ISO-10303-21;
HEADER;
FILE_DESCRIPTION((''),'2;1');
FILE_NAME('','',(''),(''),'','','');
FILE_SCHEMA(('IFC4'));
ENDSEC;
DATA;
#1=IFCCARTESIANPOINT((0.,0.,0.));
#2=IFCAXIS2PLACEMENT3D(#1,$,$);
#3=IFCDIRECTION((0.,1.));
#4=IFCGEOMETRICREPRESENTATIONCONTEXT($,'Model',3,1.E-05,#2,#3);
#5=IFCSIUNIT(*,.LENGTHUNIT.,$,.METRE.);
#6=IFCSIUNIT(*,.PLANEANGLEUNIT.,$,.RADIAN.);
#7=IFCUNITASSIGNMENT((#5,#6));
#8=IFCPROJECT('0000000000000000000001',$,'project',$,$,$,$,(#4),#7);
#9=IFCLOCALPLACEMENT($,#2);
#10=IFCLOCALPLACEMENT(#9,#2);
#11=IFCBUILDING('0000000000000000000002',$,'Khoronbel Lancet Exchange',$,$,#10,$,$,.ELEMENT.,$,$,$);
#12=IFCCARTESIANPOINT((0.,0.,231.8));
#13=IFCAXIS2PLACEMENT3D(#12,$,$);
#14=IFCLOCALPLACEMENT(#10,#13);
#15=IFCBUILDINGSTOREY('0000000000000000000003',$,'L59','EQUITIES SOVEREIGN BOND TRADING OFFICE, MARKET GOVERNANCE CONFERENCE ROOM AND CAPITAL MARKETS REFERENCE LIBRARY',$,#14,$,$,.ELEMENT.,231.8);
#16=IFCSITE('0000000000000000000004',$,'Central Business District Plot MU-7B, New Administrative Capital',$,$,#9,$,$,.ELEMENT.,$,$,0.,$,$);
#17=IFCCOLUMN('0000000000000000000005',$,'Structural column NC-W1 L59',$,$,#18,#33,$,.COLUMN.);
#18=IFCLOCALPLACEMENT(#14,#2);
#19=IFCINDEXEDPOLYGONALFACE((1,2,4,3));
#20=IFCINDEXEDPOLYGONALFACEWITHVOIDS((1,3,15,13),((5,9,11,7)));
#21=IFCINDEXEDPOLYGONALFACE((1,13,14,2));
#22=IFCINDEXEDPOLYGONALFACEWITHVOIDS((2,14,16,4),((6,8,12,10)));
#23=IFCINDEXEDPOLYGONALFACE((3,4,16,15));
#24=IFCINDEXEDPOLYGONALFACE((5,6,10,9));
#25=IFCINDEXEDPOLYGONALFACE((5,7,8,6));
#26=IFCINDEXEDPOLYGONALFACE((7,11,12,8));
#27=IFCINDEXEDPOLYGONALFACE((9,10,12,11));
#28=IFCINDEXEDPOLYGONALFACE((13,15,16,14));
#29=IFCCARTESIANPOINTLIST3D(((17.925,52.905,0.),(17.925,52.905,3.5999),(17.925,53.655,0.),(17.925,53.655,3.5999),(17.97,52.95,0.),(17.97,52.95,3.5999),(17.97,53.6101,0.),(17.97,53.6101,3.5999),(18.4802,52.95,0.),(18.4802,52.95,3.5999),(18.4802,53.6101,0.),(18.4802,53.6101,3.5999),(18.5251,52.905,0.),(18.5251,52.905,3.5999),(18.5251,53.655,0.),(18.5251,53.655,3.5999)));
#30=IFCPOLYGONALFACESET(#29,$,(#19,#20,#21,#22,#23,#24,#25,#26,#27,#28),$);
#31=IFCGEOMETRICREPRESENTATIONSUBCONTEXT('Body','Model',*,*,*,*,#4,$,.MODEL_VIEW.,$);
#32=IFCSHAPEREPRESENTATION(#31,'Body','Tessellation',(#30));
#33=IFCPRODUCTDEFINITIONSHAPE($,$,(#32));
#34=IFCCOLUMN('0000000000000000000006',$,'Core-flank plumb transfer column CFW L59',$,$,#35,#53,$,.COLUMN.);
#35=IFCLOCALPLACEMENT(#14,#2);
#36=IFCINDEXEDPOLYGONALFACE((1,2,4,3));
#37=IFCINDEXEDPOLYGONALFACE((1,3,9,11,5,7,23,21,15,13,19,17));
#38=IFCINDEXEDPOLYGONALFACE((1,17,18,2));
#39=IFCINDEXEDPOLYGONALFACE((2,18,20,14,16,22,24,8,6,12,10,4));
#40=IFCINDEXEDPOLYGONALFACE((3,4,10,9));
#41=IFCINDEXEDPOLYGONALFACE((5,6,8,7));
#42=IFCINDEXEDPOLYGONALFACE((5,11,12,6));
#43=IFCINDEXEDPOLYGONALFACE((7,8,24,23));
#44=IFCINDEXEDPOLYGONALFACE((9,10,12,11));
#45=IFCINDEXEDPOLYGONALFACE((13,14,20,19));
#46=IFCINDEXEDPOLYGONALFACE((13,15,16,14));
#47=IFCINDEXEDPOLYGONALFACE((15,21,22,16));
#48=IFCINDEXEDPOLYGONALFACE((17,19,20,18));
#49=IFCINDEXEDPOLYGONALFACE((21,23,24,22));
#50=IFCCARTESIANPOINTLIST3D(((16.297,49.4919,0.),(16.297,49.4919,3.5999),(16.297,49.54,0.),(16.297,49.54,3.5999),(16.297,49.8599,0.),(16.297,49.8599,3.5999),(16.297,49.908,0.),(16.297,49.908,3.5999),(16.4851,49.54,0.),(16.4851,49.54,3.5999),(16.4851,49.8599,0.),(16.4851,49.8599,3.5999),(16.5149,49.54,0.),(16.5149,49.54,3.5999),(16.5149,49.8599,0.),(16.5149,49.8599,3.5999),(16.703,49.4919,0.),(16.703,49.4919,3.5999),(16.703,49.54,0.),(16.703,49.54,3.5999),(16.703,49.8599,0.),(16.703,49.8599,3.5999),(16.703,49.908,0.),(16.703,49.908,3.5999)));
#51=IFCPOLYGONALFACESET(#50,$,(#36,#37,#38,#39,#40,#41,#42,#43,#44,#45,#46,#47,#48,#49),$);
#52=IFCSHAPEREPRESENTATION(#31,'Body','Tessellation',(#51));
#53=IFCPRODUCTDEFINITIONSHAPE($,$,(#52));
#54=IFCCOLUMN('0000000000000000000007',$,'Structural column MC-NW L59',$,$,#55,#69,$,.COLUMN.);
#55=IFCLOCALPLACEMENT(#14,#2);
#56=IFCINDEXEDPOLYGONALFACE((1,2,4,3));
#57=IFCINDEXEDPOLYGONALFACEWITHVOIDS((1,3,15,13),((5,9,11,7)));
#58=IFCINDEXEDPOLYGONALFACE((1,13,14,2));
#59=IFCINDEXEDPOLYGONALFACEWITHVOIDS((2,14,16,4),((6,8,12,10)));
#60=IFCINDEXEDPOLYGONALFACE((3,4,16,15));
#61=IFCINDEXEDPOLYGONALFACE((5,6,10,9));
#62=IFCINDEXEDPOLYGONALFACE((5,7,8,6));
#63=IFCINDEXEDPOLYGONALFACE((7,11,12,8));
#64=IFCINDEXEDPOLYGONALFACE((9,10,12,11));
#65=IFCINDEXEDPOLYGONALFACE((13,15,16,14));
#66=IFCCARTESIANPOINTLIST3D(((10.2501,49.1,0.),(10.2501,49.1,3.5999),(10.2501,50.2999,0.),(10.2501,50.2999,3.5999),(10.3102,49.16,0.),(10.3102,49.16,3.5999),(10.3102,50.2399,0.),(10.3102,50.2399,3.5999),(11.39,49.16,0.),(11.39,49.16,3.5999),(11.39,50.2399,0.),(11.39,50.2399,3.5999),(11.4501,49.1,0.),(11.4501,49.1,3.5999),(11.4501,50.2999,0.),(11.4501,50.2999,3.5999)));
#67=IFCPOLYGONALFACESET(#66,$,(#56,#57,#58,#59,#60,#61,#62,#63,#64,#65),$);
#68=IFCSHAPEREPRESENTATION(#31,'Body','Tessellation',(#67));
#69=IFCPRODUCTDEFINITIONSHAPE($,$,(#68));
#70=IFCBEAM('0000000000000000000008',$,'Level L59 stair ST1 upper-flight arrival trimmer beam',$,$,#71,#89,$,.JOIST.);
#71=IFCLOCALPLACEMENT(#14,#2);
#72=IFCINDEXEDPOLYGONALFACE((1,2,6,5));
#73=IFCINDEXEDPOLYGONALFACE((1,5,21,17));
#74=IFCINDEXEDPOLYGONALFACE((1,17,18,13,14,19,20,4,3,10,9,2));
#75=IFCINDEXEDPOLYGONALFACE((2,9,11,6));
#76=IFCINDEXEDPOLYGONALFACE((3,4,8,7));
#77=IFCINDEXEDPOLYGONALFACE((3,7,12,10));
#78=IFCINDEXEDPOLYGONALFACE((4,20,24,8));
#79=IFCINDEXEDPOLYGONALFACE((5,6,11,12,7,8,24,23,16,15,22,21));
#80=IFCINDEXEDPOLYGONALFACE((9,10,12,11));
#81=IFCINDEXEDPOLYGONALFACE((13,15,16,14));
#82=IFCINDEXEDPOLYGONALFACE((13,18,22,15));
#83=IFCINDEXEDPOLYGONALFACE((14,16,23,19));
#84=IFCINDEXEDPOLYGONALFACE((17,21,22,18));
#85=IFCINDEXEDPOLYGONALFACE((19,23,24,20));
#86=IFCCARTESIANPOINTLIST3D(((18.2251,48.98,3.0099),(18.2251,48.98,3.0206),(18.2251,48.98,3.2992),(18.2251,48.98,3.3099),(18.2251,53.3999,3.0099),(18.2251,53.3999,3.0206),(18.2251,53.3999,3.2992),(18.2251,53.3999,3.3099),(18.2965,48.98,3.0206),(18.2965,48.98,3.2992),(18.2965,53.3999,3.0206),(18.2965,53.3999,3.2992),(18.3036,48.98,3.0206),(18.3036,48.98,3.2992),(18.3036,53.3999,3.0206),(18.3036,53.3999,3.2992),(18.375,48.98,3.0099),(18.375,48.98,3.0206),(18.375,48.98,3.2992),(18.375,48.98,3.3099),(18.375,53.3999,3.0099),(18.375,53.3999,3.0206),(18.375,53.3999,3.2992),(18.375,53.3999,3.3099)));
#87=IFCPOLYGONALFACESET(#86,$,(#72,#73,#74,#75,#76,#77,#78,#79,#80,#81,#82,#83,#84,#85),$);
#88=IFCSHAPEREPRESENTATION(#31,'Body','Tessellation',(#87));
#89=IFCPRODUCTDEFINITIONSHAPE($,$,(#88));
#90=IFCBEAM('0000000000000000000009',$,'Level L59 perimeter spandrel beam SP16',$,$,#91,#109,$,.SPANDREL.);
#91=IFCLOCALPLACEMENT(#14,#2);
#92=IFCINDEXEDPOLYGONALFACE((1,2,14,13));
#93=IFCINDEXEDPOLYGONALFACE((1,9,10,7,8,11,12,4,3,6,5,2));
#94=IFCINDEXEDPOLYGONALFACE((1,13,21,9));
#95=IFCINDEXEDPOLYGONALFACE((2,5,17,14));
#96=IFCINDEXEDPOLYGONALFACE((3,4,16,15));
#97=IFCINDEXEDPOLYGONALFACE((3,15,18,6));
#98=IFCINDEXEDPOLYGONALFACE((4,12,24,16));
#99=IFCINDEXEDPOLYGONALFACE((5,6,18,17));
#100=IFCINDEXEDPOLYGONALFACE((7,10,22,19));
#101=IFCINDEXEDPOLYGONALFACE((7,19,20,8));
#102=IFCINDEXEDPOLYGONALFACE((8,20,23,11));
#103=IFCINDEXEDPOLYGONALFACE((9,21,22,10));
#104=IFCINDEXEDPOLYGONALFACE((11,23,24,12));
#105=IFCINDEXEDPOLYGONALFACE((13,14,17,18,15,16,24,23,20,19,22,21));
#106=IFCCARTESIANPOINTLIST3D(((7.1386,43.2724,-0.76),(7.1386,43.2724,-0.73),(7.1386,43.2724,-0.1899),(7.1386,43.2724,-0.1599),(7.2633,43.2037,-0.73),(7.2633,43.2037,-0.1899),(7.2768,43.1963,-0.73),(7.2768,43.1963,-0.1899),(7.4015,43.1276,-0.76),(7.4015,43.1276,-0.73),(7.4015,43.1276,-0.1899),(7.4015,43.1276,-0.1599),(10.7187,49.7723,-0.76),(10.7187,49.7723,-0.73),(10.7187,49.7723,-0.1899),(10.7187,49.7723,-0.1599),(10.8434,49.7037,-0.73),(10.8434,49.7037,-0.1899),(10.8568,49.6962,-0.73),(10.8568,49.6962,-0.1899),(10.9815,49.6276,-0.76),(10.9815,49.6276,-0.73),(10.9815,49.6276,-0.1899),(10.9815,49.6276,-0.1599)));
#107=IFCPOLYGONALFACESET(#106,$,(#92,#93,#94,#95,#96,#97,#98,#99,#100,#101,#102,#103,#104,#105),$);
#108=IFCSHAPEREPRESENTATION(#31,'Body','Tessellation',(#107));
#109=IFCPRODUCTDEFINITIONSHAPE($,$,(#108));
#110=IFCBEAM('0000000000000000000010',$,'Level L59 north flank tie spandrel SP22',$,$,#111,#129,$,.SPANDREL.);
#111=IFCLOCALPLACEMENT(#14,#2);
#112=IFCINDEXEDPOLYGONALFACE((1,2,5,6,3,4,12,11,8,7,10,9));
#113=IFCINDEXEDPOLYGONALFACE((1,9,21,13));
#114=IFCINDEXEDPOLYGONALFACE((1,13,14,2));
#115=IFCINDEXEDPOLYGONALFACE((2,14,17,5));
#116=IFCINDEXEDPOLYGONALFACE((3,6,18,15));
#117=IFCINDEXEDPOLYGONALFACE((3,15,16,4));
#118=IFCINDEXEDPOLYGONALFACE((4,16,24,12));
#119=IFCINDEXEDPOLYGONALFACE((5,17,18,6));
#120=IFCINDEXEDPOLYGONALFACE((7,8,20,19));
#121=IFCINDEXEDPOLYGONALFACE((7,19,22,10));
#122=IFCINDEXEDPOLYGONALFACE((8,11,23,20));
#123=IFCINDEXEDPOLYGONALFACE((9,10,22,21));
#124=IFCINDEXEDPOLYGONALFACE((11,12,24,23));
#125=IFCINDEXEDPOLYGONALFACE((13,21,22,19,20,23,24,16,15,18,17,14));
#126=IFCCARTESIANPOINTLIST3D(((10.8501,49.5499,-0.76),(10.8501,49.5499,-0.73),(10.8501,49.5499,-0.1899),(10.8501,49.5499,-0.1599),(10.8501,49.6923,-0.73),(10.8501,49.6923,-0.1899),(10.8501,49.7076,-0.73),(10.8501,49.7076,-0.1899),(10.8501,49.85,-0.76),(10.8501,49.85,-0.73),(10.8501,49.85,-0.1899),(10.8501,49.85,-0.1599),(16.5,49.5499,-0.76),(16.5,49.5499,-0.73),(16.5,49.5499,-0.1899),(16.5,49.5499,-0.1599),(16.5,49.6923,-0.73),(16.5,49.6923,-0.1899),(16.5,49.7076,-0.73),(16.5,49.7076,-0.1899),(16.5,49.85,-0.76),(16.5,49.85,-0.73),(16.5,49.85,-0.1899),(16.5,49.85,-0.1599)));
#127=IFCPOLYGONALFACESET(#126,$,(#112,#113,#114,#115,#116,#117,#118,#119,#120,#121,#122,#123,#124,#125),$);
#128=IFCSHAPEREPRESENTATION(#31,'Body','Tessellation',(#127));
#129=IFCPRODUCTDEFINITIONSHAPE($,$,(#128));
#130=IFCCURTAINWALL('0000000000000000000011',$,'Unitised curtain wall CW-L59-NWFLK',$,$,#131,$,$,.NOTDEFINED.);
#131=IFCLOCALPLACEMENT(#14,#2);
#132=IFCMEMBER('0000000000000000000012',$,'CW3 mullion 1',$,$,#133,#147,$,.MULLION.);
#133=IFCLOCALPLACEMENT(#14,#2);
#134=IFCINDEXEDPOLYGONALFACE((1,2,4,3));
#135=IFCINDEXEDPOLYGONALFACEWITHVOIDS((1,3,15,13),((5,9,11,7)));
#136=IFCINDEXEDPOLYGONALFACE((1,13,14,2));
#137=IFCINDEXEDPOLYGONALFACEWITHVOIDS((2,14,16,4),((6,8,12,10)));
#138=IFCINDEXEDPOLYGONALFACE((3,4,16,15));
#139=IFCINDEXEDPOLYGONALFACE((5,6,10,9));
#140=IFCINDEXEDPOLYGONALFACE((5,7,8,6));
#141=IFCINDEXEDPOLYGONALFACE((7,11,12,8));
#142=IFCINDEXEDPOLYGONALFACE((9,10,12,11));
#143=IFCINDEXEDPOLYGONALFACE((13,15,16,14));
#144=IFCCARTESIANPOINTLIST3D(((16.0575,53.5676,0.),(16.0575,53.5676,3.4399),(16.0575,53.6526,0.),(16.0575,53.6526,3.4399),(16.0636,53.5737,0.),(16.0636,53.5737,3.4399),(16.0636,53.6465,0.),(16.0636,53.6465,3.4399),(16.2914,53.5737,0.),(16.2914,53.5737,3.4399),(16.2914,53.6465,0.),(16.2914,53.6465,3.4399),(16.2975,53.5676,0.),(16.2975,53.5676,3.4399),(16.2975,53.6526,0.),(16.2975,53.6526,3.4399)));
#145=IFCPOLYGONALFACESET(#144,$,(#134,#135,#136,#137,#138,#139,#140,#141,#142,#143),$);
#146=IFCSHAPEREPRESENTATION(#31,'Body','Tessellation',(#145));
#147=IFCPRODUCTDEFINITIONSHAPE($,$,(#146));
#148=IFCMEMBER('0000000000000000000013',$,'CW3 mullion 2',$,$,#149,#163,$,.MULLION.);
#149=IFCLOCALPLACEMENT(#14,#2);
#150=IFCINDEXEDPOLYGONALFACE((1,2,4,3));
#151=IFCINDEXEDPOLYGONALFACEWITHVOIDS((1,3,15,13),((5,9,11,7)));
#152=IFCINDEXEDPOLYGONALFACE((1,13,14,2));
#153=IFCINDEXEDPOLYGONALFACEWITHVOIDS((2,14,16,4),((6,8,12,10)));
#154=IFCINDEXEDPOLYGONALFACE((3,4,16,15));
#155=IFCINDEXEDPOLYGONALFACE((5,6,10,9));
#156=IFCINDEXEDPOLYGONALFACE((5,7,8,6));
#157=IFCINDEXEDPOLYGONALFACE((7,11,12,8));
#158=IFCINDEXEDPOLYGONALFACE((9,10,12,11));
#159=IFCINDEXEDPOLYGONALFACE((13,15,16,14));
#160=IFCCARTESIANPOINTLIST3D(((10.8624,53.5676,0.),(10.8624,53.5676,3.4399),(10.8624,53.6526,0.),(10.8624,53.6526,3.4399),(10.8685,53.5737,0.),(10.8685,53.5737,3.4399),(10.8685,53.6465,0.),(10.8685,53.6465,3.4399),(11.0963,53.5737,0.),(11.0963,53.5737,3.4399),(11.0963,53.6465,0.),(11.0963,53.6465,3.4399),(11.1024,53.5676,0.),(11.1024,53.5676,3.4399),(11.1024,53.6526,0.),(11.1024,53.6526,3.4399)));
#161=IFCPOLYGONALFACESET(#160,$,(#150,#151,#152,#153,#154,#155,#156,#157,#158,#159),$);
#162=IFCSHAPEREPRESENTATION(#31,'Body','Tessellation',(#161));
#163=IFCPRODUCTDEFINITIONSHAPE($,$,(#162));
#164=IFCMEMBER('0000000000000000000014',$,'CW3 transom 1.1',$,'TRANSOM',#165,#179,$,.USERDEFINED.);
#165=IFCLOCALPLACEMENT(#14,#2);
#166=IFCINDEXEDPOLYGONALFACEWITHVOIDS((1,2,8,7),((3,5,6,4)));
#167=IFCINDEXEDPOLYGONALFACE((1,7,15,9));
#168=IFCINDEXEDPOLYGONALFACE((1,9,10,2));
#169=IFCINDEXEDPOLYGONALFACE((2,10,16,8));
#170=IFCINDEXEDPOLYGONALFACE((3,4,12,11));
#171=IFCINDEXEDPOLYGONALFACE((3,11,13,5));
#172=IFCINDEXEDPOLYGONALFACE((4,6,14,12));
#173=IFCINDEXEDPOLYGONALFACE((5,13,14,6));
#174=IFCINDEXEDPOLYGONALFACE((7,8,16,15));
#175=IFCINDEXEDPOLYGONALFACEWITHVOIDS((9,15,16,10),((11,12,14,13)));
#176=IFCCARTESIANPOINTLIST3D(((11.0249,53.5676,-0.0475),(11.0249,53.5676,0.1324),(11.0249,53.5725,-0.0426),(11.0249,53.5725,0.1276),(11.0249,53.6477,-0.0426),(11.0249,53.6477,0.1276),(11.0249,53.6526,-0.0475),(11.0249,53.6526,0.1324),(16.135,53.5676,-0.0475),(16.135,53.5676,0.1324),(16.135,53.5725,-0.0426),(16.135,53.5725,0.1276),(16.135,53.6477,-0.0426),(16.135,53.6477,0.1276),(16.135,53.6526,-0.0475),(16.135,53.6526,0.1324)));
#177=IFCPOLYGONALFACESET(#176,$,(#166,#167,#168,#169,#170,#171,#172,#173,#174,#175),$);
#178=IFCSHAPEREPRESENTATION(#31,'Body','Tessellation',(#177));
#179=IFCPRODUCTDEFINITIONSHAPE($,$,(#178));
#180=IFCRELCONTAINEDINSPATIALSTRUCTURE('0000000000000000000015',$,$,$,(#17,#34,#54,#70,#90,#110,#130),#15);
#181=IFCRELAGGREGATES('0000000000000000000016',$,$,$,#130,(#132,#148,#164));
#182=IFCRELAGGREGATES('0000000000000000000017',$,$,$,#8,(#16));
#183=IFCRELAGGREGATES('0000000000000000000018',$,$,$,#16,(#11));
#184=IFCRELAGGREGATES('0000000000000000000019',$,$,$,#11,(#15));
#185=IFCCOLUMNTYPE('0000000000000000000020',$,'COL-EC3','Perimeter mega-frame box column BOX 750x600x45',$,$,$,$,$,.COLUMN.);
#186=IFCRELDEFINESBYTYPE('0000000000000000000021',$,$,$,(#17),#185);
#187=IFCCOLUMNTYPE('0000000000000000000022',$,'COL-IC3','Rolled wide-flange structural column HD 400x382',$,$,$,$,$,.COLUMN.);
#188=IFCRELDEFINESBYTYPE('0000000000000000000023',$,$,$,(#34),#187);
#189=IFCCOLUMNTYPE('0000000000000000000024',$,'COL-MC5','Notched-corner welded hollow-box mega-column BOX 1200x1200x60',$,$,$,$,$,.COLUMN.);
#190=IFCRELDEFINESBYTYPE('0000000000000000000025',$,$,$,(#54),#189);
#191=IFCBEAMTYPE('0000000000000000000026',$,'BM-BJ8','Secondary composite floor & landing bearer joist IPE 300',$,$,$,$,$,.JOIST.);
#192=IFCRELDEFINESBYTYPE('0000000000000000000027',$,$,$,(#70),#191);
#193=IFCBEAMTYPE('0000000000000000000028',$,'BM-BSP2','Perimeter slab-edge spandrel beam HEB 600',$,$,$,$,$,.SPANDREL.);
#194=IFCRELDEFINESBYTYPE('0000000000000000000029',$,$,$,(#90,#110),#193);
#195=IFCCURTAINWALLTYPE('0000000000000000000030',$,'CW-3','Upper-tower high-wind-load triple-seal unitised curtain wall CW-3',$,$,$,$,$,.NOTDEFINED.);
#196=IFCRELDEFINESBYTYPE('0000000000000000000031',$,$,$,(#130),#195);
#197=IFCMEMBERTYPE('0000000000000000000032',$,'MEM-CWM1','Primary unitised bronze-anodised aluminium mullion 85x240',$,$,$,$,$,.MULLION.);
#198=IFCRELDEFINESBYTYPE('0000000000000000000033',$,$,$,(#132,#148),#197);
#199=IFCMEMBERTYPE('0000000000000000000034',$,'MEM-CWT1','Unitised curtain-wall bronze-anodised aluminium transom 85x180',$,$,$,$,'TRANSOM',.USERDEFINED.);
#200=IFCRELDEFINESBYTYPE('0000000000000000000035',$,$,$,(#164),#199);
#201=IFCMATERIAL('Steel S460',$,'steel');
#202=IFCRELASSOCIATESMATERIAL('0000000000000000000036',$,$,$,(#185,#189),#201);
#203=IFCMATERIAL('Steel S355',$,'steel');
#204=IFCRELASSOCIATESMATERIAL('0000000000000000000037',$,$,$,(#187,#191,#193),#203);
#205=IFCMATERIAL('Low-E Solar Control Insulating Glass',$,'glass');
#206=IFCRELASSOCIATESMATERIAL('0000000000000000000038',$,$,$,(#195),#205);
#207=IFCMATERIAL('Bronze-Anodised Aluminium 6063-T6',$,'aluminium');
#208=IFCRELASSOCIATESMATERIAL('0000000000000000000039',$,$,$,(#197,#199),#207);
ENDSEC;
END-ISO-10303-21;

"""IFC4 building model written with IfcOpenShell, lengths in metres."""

from ifc_helpers import new_model, si_unit, direction, frame, origin, origin_2d, place, context, subcontext, project, spatial, hollow_rectangle, i_section, extrude, material, material_profile, profile_set, type_object, element, aggregate, save


model = new_model("IFC4")

# Units and contexts
model_context = context("Model", 3, precision=1e-05, world=origin(), true_north=direction((0.0, 1.0)))
body_context = subcontext(model_context, "Body", "Model", "MODEL_VIEW")
ifc_project = project(units=[si_unit("LENGTHUNIT", "METRE"), si_unit("PLANEANGLEUNIT", "RADIAN")], contexts=[model_context])

# Site, building, storey
site_placement = place(None, origin())
site = spatial("IfcSite", under=ifc_project, at=site_placement, Name="Central Business District Plot MU-7B, New Administrative Capital", CompositionType="ELEMENT", RefElevation=0.0)
building_placement = place(site_placement, origin())
building = spatial("IfcBuilding", under=site, at=building_placement, Name="Khoronbel Lancet Exchange", CompositionType="ELEMENT")
storey_placement = place(building_placement, frame((0.0, 0.0, 231.8)))
storey = spatial("IfcBuildingStorey", under=building, at=storey_placement, Name="L59", Description="EQUITIES SOVEREIGN BOND TRADING OFFICE, MARKET GOVERNANCE CONFERENCE ROOM AND CAPITAL MARKETS REFERENCE LIBRARY", CompositionType="ELEMENT", Elevation=231.8)

# Columns
ifc_material_1 = material(Name="Steel S460", Category="steel")
ifc_material_profile_1 = material_profile(ifc_material_1, hollow_rectangle(XDim=0.6001, YDim=0.75, WallThickness=0.0449, at=origin_2d()), Name="BOX 750x600x45")
ifc_profile_set_1 = profile_set([ifc_material_profile_1], Name="Steel S460")
column_type_1 = type_object("IfcColumnType", Name="COL-EC3", Description="Perimeter mega-frame box column BOX 750x600x45", PredefinedType="COLUMN", material=ifc_profile_set_1)
column_1_placement = place(storey_placement, frame((18.2251, 53.28, 0.0), z_axis=(0.0, 0.0, 1.0), x_axis=(1.0, 0.0, 0.0)))
element("IfcColumn", 1, at=column_1_placement, inside=storey, type_object=column_type_1, Name="Structural column NC-W1 L59", PredefinedType="COLUMN", context=body_context, shape_type="SweptSolid", body=[
    extrude(hollow_rectangle(XDim=0.6001, YDim=0.75, WallThickness=0.0449, at=origin_2d()), origin(), (0.0, 0.0, 1.0), 3.5999),
])
ifc_material_2 = material(Name="Steel S355", Category="steel")
ifc_material_profile_2 = material_profile(ifc_material_2, i_section(OverallWidth=0.406, OverallDepth=0.416, WebThickness=0.0298, FlangeThickness=0.0481, at=origin_2d()), Name="HD 400x382")
ifc_profile_set_2 = profile_set([ifc_material_profile_2], Name="Steel S355")
column_type_2 = type_object("IfcColumnType", Name="COL-IC3", Description="Rolled wide-flange structural column HD 400x382", PredefinedType="COLUMN", material=ifc_profile_set_2)
column_2_placement = place(storey_placement, frame((16.5, 49.7, 0.0), z_axis=(0.0, 0.0, 1.0), x_axis=(1.0, 0.0, 0.0)))
element("IfcColumn", 2, at=column_2_placement, inside=storey, type_object=column_type_2, Name="Core-flank plumb transfer column CFW L59", PredefinedType="COLUMN", context=body_context, shape_type="SweptSolid", body=[
    extrude(i_section(OverallWidth=0.406, OverallDepth=0.416, WebThickness=0.0298, FlangeThickness=0.0481, at=origin_2d()), origin(), (0.0, 0.0, 1.0), 3.5999),
])
ifc_material_profile_3 = material_profile(ifc_material_1, hollow_rectangle(XDim=1.2, YDim=1.2, WallThickness=0.0601, at=origin_2d()), Name="BOX 1200x1200x60")
ifc_profile_set_3 = profile_set([ifc_material_profile_3], Name="Steel S460")
column_type_3 = type_object("IfcColumnType", Name="COL-MC5", Description="Notched-corner welded hollow-box mega-column BOX 1200x1200x60", PredefinedType="COLUMN", material=ifc_profile_set_3)
column_3_placement = place(storey_placement, frame((10.8501, 49.7, 0.0), z_axis=(0.0, 0.0, 1.0), x_axis=(1.0, 0.0, 0.0)))
element("IfcColumn", 3, at=column_3_placement, inside=storey, type_object=column_type_3, Name="Structural column MC-NW L59", PredefinedType="COLUMN", context=body_context, shape_type="SweptSolid", body=[
    extrude(hollow_rectangle(XDim=1.2, YDim=1.2, WallThickness=0.0601, at=origin_2d()), origin(), (0.0, 0.0, 1.0), 3.5999),
])

# Beams
ifc_material_profile_4 = material_profile(ifc_material_2, i_section(OverallWidth=0.1499, OverallDepth=0.3, WebThickness=0.0071, FlangeThickness=0.0107, at=origin_2d()), Name="IPE 300")
ifc_profile_set_4 = profile_set([ifc_material_profile_4], Name="Steel S355")
beam_type_1 = type_object("IfcBeamType", Name="BM-BJ8", Description="Secondary composite floor & landing bearer joist IPE 300", PredefinedType="JOIST", material=ifc_profile_set_4)
beam_1_placement = place(storey_placement, frame((18.3, 48.98, 3.1599), z_axis=(0.0, 1.0, 0.0), x_axis=(-1.0, 0.0, 0.0)))
element("IfcBeam", 4, at=beam_1_placement, inside=storey, type_object=beam_type_1, Name="Level L59 stair ST1 upper-flight arrival trimmer beam", PredefinedType="JOIST", context=body_context, shape_type="SweptSolid", body=[
    extrude(i_section(OverallWidth=0.1499, OverallDepth=0.3, WebThickness=0.0071, FlangeThickness=0.0107, at=origin_2d()), origin(), (0.0, 0.0, 1.0), 4.4199),
])
ifc_material_profile_5 = material_profile(ifc_material_2, i_section(OverallWidth=0.3, OverallDepth=0.6001, WebThickness=0.0154, FlangeThickness=0.03, at=origin_2d()), Name="HEB 600")
ifc_profile_set_5 = profile_set([ifc_material_profile_5], Name="Steel S355")
beam_type_2 = type_object("IfcBeamType", Name="BM-BSP2", Description="Perimeter slab-edge spandrel beam HEB 600", PredefinedType="SPANDREL", material=ifc_profile_set_5)
beam_2_placement = place(storey_placement, frame((10.8501, 49.7, -0.46), z_axis=(-0.482444, -0.875927, 0.0), x_axis=(0.875927, -0.482444, 0.0)))
element("IfcBeam", 5, at=beam_2_placement, inside=storey, type_object=beam_type_2, Name="Level L59 perimeter spandrel beam SP16", PredefinedType="SPANDREL", context=body_context, shape_type="SweptSolid", body=[
    extrude(i_section(OverallWidth=0.3, OverallDepth=0.6001, WebThickness=0.0154, FlangeThickness=0.03, at=origin_2d()), origin(), (0.0, 0.0, 1.0), 7.4207),
])
beam_3_placement = place(storey_placement, frame((10.8501, 49.7, -0.46), z_axis=(1.0, 0.0, 0.0), x_axis=(0.0, 1.0, 0.0)))
element("IfcBeam", 6, at=beam_3_placement, inside=storey, type_object=beam_type_2, Name="Level L59 north flank tie spandrel SP22", PredefinedType="SPANDREL", context=body_context, shape_type="SweptSolid", body=[
    extrude(i_section(OverallWidth=0.3, OverallDepth=0.6001, WebThickness=0.0154, FlangeThickness=0.03, at=origin_2d()), origin(), (0.0, 0.0, 1.0), 5.6499),
])

# Curtain wall, members
ifc_material_3 = material(Name="Low-E Solar Control Insulating Glass", Category="glass")
curtain_wall_type = type_object("IfcCurtainWallType", Name="CW-3", Description="Upper-tower high-wind-load triple-seal unitised curtain wall CW-3", PredefinedType="NOTDEFINED", material=ifc_material_3)
curtain_wall_placement = place(storey_placement, origin())
curtain_wall = element("IfcCurtainWall", 7, at=curtain_wall_placement, inside=storey, type_object=curtain_wall_type, Name="Unitised curtain wall CW-L59-NWFLK", PredefinedType="NOTDEFINED")
ifc_material_4 = material(Name="Bronze-Anodised Aluminium 6063-T6", Category="aluminium")
ifc_material_profile_6 = material_profile(ifc_material_4, hollow_rectangle(XDim=0.085, YDim=0.24, WallThickness=0.0061, at=origin_2d()), Name="ALU MULLION 85x240")
ifc_profile_set_6 = profile_set([ifc_material_profile_6], Name="Bronze-Anodised Aluminium 6063-T6")
member_type_1 = type_object("IfcMemberType", Name="MEM-CWM1", Description="Primary unitised bronze-anodised aluminium mullion 85x240", PredefinedType="MULLION", material=ifc_profile_set_6)
member_1_placement = place(storey_placement, frame((16.1775, 53.6101, 0.0), z_axis=(0.0, 0.0, 1.0), x_axis=(0.0, -1.0, 0.0)))
member_1 = element("IfcMember", 8, at=member_1_placement, type_object=member_type_1, Name="CW3 mullion 1", PredefinedType="MULLION", context=body_context, shape_type="SweptSolid", body=[
    extrude(hollow_rectangle(XDim=0.085, YDim=0.24, WallThickness=0.0061, at=origin_2d()), origin(), (0.0, 0.0, 1.0), 3.4399),
])
member_2_placement = place(storey_placement, frame((10.9824, 53.6101, 0.0), z_axis=(0.0, 0.0, 1.0), x_axis=(0.0, -1.0, 0.0)))
member_2 = element("IfcMember", 9, at=member_2_placement, type_object=member_type_1, Name="CW3 mullion 2", PredefinedType="MULLION", context=body_context, shape_type="SweptSolid", body=[
    extrude(hollow_rectangle(XDim=0.085, YDim=0.24, WallThickness=0.0061, at=origin_2d()), origin(), (0.0, 0.0, 1.0), 3.4399),
])
ifc_material_profile_7 = material_profile(ifc_material_4, hollow_rectangle(XDim=0.085, YDim=0.1799, WallThickness=0.0049, at=origin_2d()), Name="ALU TRANSOM 85x180")
ifc_profile_set_7 = profile_set([ifc_material_profile_7], Name="Bronze-Anodised Aluminium 6063-T6")
member_type_2 = type_object("IfcMemberType", Name="MEM-CWT1", Description="Unitised curtain-wall bronze-anodised aluminium transom 85x180", ElementType="TRANSOM", PredefinedType="USERDEFINED", material=ifc_profile_set_7)
member_3_placement = place(storey_placement, frame((16.135, 53.6101, 0.0425), z_axis=(-1.0, 0.0, 0.0), x_axis=(0.0, -1.0, 0.0)))
member_3 = element("IfcMember", 10, at=member_3_placement, type_object=member_type_2, Name="CW3 transom 1.1", ObjectType="TRANSOM", PredefinedType="USERDEFINED", context=body_context, shape_type="SweptSolid", body=[
    extrude(hollow_rectangle(XDim=0.085, YDim=0.1799, WallThickness=0.0049, at=origin_2d()), origin(), (0.0, 0.0, 1.0), 5.1101),
])

aggregate(curtain_wall, [member_1, member_2, member_3])

save(model, "model.ifc")
